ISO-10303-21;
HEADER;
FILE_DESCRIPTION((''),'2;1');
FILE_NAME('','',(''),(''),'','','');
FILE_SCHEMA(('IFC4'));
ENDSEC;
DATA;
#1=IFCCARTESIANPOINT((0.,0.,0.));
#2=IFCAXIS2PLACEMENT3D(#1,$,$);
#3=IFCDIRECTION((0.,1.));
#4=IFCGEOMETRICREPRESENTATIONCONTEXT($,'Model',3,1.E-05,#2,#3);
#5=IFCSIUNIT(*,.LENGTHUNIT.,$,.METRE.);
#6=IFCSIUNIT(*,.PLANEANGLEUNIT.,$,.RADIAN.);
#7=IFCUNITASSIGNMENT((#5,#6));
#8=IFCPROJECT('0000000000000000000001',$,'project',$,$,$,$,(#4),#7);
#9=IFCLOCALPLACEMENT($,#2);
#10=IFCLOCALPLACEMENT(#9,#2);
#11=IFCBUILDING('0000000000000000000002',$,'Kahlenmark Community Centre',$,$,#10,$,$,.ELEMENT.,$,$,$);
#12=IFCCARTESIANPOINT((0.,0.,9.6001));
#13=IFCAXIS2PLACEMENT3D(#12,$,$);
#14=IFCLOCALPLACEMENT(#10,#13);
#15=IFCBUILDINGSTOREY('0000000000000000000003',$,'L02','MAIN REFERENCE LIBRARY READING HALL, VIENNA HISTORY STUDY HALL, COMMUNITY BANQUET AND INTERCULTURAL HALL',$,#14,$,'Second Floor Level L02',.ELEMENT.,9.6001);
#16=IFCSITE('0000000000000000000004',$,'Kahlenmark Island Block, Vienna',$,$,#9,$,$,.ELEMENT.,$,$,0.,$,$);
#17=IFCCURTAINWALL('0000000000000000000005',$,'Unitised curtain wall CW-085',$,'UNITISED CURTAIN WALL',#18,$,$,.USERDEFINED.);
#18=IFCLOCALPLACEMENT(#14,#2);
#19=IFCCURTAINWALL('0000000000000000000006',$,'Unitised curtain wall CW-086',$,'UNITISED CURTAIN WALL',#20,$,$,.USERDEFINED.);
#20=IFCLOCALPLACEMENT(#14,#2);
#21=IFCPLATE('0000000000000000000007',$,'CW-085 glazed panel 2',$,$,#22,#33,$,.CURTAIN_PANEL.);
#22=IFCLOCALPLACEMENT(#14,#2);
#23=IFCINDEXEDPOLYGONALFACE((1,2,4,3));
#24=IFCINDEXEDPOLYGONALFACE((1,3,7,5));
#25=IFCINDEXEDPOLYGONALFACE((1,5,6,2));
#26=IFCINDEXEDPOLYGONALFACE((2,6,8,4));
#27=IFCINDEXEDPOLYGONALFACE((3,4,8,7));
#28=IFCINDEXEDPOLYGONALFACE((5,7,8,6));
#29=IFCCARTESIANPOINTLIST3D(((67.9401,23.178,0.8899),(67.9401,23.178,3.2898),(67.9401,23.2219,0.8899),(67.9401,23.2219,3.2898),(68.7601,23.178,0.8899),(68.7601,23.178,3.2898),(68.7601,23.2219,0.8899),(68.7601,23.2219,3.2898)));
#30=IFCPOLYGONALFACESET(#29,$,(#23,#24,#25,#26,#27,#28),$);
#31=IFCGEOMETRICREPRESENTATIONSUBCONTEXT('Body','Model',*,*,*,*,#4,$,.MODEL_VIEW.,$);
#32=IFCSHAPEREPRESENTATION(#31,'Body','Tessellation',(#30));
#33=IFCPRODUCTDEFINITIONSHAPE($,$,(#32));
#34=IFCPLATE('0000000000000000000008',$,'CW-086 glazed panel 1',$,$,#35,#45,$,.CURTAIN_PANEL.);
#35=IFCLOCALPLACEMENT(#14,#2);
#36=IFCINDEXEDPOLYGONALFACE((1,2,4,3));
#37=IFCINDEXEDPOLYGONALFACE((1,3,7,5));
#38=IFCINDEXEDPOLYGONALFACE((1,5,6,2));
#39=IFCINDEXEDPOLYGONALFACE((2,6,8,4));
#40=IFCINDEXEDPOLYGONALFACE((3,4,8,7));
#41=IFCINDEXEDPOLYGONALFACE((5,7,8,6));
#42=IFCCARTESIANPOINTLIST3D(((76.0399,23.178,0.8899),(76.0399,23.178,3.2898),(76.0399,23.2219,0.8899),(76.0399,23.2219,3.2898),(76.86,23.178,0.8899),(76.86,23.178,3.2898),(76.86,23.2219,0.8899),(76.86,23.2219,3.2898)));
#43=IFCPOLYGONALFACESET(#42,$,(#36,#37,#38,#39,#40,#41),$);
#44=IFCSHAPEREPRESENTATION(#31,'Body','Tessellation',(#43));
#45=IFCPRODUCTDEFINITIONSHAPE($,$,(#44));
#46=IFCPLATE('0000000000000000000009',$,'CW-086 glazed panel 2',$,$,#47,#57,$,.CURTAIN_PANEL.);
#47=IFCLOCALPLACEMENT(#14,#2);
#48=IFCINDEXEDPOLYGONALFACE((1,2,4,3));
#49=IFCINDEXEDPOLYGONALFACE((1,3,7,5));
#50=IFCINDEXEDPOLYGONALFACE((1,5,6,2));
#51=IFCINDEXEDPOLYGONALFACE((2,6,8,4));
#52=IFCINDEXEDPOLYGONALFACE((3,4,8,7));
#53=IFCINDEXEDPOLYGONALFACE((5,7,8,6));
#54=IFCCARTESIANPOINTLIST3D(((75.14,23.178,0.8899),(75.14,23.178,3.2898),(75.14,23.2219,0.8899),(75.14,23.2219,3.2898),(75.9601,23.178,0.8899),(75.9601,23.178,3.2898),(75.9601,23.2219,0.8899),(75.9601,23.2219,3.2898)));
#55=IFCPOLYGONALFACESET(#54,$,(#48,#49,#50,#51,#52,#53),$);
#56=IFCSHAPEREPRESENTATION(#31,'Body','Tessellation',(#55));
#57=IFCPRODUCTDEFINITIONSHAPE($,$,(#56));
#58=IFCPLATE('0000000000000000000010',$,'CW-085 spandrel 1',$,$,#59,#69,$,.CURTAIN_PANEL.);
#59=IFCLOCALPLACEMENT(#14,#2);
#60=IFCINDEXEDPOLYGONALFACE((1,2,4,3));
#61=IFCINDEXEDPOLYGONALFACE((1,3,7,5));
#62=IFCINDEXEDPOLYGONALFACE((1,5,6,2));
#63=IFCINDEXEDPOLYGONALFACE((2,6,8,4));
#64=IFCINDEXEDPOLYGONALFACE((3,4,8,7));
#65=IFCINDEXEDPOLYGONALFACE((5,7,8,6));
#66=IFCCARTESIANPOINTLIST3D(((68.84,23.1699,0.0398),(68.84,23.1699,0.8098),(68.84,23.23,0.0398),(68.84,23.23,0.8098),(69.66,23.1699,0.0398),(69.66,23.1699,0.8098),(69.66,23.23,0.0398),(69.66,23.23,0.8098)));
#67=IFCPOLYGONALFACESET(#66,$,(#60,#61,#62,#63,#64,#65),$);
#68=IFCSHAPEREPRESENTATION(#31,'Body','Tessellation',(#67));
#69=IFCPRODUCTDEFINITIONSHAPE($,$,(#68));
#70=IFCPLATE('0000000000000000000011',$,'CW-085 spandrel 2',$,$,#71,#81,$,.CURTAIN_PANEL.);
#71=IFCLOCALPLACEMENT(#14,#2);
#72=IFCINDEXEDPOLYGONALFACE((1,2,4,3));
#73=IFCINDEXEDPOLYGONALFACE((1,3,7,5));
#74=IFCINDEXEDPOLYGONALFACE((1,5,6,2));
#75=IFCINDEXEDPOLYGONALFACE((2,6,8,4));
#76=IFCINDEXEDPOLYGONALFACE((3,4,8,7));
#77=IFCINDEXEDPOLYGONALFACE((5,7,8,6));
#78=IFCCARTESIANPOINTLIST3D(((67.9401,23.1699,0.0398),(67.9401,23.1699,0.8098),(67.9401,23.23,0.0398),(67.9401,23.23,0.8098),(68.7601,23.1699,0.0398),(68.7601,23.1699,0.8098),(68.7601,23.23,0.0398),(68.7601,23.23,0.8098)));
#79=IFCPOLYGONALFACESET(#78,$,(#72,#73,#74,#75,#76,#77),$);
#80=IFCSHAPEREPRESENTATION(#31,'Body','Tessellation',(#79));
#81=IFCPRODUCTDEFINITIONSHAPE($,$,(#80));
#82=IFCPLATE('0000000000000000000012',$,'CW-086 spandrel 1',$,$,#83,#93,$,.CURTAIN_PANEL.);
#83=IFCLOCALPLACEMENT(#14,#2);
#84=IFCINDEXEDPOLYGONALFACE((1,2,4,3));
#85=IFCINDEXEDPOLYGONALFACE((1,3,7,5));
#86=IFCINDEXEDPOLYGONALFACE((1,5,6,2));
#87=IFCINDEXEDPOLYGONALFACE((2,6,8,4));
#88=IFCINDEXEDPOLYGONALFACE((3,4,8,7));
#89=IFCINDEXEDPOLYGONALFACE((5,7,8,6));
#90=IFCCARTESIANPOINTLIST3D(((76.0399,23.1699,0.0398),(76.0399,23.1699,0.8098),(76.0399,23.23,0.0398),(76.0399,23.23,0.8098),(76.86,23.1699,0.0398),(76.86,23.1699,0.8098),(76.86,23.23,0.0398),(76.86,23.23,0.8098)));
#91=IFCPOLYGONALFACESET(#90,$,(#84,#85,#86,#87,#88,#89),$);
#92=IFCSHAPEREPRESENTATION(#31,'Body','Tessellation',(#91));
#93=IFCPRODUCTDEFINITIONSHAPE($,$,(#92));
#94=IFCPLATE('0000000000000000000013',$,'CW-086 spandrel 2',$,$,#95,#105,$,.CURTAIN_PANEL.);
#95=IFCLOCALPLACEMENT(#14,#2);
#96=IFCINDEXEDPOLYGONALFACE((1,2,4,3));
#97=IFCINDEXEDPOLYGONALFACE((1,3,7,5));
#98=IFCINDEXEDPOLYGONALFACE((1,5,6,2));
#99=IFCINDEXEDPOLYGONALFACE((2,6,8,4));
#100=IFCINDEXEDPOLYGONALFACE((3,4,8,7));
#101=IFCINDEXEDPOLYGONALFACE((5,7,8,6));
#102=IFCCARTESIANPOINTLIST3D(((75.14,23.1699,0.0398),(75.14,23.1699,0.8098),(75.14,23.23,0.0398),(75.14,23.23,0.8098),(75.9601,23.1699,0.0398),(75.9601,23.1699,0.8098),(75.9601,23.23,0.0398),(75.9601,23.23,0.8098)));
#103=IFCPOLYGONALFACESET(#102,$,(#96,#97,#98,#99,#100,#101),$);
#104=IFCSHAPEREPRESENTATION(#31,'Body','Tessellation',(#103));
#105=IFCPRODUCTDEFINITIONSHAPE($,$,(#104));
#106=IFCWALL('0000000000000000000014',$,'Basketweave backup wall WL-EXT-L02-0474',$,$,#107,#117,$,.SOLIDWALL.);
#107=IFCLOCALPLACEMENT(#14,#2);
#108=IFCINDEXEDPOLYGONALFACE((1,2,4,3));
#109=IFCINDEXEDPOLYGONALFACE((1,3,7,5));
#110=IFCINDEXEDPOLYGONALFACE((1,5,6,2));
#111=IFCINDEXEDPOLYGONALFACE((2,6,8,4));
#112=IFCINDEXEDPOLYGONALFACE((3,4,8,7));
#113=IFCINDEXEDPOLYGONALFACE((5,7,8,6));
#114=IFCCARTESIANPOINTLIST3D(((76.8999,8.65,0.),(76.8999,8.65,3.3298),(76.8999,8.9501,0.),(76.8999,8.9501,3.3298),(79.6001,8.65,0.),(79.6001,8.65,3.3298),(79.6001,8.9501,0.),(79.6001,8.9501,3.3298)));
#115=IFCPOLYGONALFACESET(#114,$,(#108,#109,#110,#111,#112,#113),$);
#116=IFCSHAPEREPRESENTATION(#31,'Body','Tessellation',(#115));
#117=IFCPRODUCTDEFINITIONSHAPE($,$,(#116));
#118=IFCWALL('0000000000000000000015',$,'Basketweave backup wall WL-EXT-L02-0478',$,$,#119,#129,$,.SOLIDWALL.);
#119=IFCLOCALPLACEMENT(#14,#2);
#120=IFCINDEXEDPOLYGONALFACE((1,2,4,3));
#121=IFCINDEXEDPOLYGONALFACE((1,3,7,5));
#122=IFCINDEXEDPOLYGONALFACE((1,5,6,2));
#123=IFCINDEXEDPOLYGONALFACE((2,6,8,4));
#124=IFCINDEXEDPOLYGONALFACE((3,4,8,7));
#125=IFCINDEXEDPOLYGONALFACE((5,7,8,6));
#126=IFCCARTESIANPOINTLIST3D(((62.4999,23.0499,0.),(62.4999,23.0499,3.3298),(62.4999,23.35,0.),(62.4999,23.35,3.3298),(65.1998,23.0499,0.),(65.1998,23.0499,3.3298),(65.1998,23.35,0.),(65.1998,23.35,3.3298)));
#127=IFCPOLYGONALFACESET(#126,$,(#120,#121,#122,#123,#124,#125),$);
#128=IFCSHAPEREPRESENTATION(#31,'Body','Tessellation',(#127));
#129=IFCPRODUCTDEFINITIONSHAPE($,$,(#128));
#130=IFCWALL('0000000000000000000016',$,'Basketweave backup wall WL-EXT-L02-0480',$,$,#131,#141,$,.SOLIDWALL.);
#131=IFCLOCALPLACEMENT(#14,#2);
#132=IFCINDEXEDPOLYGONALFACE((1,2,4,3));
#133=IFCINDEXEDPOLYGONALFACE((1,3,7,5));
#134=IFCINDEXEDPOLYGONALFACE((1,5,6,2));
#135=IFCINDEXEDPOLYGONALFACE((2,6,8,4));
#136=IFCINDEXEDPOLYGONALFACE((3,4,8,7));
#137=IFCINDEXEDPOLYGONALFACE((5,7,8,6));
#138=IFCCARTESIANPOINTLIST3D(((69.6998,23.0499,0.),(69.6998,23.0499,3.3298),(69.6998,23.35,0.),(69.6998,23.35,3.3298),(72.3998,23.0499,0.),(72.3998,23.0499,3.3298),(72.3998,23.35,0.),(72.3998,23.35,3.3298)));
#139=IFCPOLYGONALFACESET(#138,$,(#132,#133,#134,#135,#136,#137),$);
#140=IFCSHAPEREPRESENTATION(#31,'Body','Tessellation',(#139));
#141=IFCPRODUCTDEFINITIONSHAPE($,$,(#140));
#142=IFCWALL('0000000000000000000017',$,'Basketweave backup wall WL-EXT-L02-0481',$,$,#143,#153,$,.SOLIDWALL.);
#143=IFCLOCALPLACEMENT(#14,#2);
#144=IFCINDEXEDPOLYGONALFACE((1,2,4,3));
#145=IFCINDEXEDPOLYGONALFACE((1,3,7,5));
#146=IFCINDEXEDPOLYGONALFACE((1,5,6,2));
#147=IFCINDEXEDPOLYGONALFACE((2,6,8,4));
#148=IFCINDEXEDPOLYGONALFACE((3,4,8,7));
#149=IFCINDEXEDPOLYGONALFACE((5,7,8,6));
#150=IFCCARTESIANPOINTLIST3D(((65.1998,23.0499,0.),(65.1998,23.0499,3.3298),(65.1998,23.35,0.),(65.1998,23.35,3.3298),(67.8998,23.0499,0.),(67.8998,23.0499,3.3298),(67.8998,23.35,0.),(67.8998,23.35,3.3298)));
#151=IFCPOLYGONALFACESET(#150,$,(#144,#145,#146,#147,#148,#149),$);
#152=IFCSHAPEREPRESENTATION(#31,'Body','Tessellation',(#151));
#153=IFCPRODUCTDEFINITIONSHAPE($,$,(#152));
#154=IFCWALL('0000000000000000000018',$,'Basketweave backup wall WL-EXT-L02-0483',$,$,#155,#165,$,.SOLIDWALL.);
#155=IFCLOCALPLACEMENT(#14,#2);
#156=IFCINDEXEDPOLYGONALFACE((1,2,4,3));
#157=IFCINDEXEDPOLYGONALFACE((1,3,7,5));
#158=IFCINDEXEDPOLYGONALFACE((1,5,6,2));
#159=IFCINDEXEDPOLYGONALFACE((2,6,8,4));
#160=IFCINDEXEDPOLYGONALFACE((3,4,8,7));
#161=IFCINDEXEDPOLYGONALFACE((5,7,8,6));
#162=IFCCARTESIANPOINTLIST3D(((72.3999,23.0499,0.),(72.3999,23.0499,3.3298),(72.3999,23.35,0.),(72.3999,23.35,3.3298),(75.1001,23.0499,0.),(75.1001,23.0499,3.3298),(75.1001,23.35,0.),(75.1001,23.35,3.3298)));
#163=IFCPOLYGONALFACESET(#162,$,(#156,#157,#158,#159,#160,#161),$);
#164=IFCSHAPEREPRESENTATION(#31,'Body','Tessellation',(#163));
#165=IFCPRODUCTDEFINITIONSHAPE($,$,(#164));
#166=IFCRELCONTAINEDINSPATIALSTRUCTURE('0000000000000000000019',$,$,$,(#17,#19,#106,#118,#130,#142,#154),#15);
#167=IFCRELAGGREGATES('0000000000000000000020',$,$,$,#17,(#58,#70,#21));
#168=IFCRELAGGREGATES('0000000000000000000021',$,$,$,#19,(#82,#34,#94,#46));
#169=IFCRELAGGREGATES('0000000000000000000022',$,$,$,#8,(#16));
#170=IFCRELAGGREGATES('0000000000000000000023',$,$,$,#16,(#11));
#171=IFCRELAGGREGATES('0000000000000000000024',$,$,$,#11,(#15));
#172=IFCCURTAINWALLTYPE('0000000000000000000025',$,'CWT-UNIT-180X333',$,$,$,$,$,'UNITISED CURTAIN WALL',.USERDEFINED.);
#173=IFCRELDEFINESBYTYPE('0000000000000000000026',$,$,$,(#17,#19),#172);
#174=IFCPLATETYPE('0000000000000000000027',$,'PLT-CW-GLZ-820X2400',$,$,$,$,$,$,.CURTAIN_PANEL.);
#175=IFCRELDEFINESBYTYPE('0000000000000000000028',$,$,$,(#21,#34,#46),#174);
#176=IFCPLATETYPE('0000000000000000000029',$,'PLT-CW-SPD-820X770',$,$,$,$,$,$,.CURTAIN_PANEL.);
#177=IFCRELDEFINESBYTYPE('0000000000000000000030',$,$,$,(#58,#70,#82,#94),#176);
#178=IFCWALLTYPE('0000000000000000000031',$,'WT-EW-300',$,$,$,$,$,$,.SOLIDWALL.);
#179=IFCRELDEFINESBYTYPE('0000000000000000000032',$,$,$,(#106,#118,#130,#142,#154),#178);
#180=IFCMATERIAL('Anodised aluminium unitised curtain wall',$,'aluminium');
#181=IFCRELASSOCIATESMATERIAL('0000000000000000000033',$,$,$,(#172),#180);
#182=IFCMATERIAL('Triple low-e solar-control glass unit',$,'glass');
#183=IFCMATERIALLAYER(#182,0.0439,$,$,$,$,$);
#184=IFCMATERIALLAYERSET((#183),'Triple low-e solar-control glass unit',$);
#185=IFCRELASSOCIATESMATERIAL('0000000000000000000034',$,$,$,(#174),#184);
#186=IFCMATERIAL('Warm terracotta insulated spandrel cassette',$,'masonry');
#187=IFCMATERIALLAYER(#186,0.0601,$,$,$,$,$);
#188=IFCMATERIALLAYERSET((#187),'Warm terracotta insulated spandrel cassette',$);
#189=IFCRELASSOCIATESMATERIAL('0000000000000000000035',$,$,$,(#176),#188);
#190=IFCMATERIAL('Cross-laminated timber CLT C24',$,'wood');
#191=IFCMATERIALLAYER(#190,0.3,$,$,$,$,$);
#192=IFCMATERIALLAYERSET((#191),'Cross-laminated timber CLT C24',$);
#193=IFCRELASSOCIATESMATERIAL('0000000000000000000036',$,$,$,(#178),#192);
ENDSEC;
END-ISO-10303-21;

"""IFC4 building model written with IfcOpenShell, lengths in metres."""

from ifc_helpers import new_model, si_unit, direction, frame, frame_2d, origin, origin_2d, place, context, subcontext, project, spatial, rectangle, extrude, material, layer, layer_set, type_object, element, aggregate, save


model = new_model("IFC4")

# Units and contexts
model_context = context("Model", 3, precision=1e-05, world=origin(), true_north=direction((0.0, 1.0)))
body_context = subcontext(model_context, "Body", "Model", "MODEL_VIEW")
ifc_project = project(units=[si_unit("LENGTHUNIT", "METRE"), si_unit("PLANEANGLEUNIT", "RADIAN")], contexts=[model_context])

# Site, building, storey
site_placement = place(None, origin())
site = spatial("IfcSite", under=ifc_project, at=site_placement, Name="Kahlenmark Island Block, Vienna", CompositionType="ELEMENT", RefElevation=0.0)
building_placement = place(site_placement, origin())
building = spatial("IfcBuilding", under=site, at=building_placement, Name="Kahlenmark Community Centre", CompositionType="ELEMENT")
storey_placement = place(building_placement, frame((0.0, 0.0, 9.6001)))
storey = spatial("IfcBuildingStorey", under=building, at=storey_placement, Name="L02", Description="MAIN REFERENCE LIBRARY READING HALL, VIENNA HISTORY STUDY HALL, COMMUNITY BANQUET AND INTERCULTURAL HALL", LongName="Second Floor Level L02", CompositionType="ELEMENT", Elevation=9.6001)

# Shared definitions
ifc_material_1 = material(Name="Anodised aluminium unitised curtain wall", Category="aluminium")
curtain_wall_type = type_object("IfcCurtainWallType", Name="CWT-UNIT-180X333", ElementType="UNITISED CURTAIN WALL", PredefinedType="USERDEFINED", material=ifc_material_1)

# Curtain walls
curtain_wall_1_placement = place(storey_placement, origin())
curtain_wall_1 = element("IfcCurtainWall", 1, at=curtain_wall_1_placement, inside=storey, type_object=curtain_wall_type, Name="Unitised curtain wall CW-085", ObjectType="UNITISED CURTAIN WALL", PredefinedType="USERDEFINED")
curtain_wall_2_placement = place(storey_placement, origin())
curtain_wall_2 = element("IfcCurtainWall", 2, at=curtain_wall_2_placement, inside=storey, type_object=curtain_wall_type, Name="Unitised curtain wall CW-086", ObjectType="UNITISED CURTAIN WALL", PredefinedType="USERDEFINED")

# Plates
ifc_material_2 = material(Name="Triple low-e solar-control glass unit", Category="glass")
ifc_layer_1 = layer(ifc_material_2, 0.0439)
ifc_layer_set_1 = layer_set([ifc_layer_1], Name="Triple low-e solar-control glass unit")
plate_type_1 = type_object("IfcPlateType", Name="PLT-CW-GLZ-820X2400", PredefinedType="CURTAIN_PANEL", material=ifc_layer_set_1)
plate_1_placement = place(storey_placement, frame((68.3501, 23.2, 0.8899), z_axis=(0.0, 0.0, 1.0), x_axis=(-1.0, 0.0, 0.0)))
plate_1 = element("IfcPlate", 3, at=plate_1_placement, type_object=plate_type_1, Name="CW-085 glazed panel 2", PredefinedType="CURTAIN_PANEL", context=body_context, shape_type="SweptSolid", body=[
    extrude(rectangle(XDim=0.8201, YDim=0.0439, at=origin_2d()), origin(), (0.0, 0.0, 1.0), 2.3999),
])
plate_2_placement = place(storey_placement, frame((76.45, 23.2, 0.8899), z_axis=(0.0, 0.0, 1.0), x_axis=(-1.0, 0.0, 0.0)))
plate_2 = element("IfcPlate", 4, at=plate_2_placement, type_object=plate_type_1, Name="CW-086 glazed panel 1", PredefinedType="CURTAIN_PANEL", context=body_context, shape_type="SweptSolid", body=[
    extrude(rectangle(XDim=0.8201, YDim=0.0439, at=origin_2d()), origin(), (0.0, 0.0, 1.0), 2.3999),
])
plate_3_placement = place(storey_placement, frame((75.55, 23.2, 0.8899), z_axis=(0.0, 0.0, 1.0), x_axis=(-1.0, 0.0, 0.0)))
plate_3 = element("IfcPlate", 5, at=plate_3_placement, type_object=plate_type_1, Name="CW-086 glazed panel 2", PredefinedType="CURTAIN_PANEL", context=body_context, shape_type="SweptSolid", body=[
    extrude(rectangle(XDim=0.8201, YDim=0.0439, at=origin_2d()), origin(), (0.0, 0.0, 1.0), 2.3999),
])
ifc_material_3 = material(Name="Warm terracotta insulated spandrel cassette", Category="masonry")
ifc_layer_2 = layer(ifc_material_3, 0.0601)
ifc_layer_set_2 = layer_set([ifc_layer_2], Name="Warm terracotta insulated spandrel cassette")
plate_type_2 = type_object("IfcPlateType", Name="PLT-CW-SPD-820X770", PredefinedType="CURTAIN_PANEL", material=ifc_layer_set_2)
plate_4_placement = place(storey_placement, frame((69.25, 23.2, 0.0398), z_axis=(0.0, 0.0, 1.0), x_axis=(-1.0, 0.0, 0.0)))
plate_4 = element("IfcPlate", 6, at=plate_4_placement, type_object=plate_type_2, Name="CW-085 spandrel 1", PredefinedType="CURTAIN_PANEL", context=body_context, shape_type="SweptSolid", body=[
    extrude(rectangle(XDim=0.8201, YDim=0.0601, at=origin_2d()), origin(), (0.0, 0.0, 1.0), 0.77),
])
plate_5_placement = place(storey_placement, frame((68.3501, 23.2, 0.0398), z_axis=(0.0, 0.0, 1.0), x_axis=(-1.0, 0.0, 0.0)))
plate_5 = element("IfcPlate", 7, at=plate_5_placement, type_object=plate_type_2, Name="CW-085 spandrel 2", PredefinedType="CURTAIN_PANEL", context=body_context, shape_type="SweptSolid", body=[
    extrude(rectangle(XDim=0.8201, YDim=0.0601, at=origin_2d()), origin(), (0.0, 0.0, 1.0), 0.77),
])
aggregate(curtain_wall_1, [plate_4, plate_5, plate_1])
plate_6_placement = place(storey_placement, frame((76.45, 23.2, 0.0398), z_axis=(0.0, 0.0, 1.0), x_axis=(-1.0, 0.0, 0.0)))
plate_6 = element("IfcPlate", 8, at=plate_6_placement, type_object=plate_type_2, Name="CW-086 spandrel 1", PredefinedType="CURTAIN_PANEL", context=body_context, shape_type="SweptSolid", body=[
    extrude(rectangle(XDim=0.8201, YDim=0.0601, at=origin_2d()), origin(), (0.0, 0.0, 1.0), 0.77),
])
plate_7_placement = place(storey_placement, frame((75.55, 23.2, 0.0398), z_axis=(0.0, 0.0, 1.0), x_axis=(-1.0, 0.0, 0.0)))
plate_7 = element("IfcPlate", 9, at=plate_7_placement, type_object=plate_type_2, Name="CW-086 spandrel 2", PredefinedType="CURTAIN_PANEL", context=body_context, shape_type="SweptSolid", body=[
    extrude(rectangle(XDim=0.8201, YDim=0.0601, at=origin_2d()), origin(), (0.0, 0.0, 1.0), 0.77),
])
aggregate(curtain_wall_2, [plate_6, plate_2, plate_7, plate_3])

# Walls
ifc_material_4 = material(Name="Cross-laminated timber CLT C24", Category="wood")
ifc_layer_3 = layer(ifc_material_4, 0.3)
ifc_layer_set_3 = layer_set([ifc_layer_3], Name="Cross-laminated timber CLT C24")
wall_type = type_object("IfcWallType", Name="WT-EW-300", PredefinedType="SOLIDWALL", material=ifc_layer_set_3)
wall_1_placement = place(storey_placement, frame((76.8999, 8.8, 0.0), z_axis=(0.0, 0.0, 1.0), x_axis=(1.0, 0.0, 0.0)))
element("IfcWall", 10, at=wall_1_placement, inside=storey, type_object=wall_type, Name="Basketweave backup wall WL-EXT-L02-0474", PredefinedType="SOLIDWALL", context=body_context, shape_type="SweptSolid", body=[
    extrude(rectangle(XDim=2.7002, YDim=0.3, at=frame_2d((1.3501, 0.0))), origin(), (0.0, 0.0, 1.0), 3.3298),
])
for number, where, z_axis, x_axis, name in (
    (11, (65.2, 23.2, 0.0), (0.0, 0.0, 1.0), (-1.0, 0.0, 0.0), "Basketweave backup wall WL-EXT-L02-0478"),
    (12, (72.3999, 23.2, 0.0), (0.0, 0.0, 1.0), (-1.0, 0.0, 0.0), "Basketweave backup wall WL-EXT-L02-0480"),
    (13, (67.8999, 23.2, 0.0), (0.0, 0.0, 1.0), (-1.0, 0.0, 0.0), "Basketweave backup wall WL-EXT-L02-0481"),
):
    element("IfcWall", number, at=place(storey_placement, frame(where, z_axis=z_axis, x_axis=x_axis)), inside=storey, type_object=wall_type, Name=name, PredefinedType="SOLIDWALL", context=body_context, shape_type="SweptSolid", body=[
        extrude(rectangle(XDim=2.7, YDim=0.3, at=frame_2d((1.3501, 0.0))), origin(), (0.0, 0.0, 1.0), 3.3298),
    ])
wall_2_placement = place(storey_placement, frame((75.1001, 23.2, 0.0), z_axis=(0.0, 0.0, 1.0), x_axis=(-1.0, 0.0, 0.0)))
element("IfcWall", 14, at=wall_2_placement, inside=storey, type_object=wall_type, Name="Basketweave backup wall WL-EXT-L02-0483", PredefinedType="SOLIDWALL", context=body_context, shape_type="SweptSolid", body=[
    extrude(rectangle(XDim=2.7002, YDim=0.3, at=frame_2d((1.3501, 0.0))), origin(), (0.0, 0.0, 1.0), 3.3298),
])

save(model, "model.ifc")
